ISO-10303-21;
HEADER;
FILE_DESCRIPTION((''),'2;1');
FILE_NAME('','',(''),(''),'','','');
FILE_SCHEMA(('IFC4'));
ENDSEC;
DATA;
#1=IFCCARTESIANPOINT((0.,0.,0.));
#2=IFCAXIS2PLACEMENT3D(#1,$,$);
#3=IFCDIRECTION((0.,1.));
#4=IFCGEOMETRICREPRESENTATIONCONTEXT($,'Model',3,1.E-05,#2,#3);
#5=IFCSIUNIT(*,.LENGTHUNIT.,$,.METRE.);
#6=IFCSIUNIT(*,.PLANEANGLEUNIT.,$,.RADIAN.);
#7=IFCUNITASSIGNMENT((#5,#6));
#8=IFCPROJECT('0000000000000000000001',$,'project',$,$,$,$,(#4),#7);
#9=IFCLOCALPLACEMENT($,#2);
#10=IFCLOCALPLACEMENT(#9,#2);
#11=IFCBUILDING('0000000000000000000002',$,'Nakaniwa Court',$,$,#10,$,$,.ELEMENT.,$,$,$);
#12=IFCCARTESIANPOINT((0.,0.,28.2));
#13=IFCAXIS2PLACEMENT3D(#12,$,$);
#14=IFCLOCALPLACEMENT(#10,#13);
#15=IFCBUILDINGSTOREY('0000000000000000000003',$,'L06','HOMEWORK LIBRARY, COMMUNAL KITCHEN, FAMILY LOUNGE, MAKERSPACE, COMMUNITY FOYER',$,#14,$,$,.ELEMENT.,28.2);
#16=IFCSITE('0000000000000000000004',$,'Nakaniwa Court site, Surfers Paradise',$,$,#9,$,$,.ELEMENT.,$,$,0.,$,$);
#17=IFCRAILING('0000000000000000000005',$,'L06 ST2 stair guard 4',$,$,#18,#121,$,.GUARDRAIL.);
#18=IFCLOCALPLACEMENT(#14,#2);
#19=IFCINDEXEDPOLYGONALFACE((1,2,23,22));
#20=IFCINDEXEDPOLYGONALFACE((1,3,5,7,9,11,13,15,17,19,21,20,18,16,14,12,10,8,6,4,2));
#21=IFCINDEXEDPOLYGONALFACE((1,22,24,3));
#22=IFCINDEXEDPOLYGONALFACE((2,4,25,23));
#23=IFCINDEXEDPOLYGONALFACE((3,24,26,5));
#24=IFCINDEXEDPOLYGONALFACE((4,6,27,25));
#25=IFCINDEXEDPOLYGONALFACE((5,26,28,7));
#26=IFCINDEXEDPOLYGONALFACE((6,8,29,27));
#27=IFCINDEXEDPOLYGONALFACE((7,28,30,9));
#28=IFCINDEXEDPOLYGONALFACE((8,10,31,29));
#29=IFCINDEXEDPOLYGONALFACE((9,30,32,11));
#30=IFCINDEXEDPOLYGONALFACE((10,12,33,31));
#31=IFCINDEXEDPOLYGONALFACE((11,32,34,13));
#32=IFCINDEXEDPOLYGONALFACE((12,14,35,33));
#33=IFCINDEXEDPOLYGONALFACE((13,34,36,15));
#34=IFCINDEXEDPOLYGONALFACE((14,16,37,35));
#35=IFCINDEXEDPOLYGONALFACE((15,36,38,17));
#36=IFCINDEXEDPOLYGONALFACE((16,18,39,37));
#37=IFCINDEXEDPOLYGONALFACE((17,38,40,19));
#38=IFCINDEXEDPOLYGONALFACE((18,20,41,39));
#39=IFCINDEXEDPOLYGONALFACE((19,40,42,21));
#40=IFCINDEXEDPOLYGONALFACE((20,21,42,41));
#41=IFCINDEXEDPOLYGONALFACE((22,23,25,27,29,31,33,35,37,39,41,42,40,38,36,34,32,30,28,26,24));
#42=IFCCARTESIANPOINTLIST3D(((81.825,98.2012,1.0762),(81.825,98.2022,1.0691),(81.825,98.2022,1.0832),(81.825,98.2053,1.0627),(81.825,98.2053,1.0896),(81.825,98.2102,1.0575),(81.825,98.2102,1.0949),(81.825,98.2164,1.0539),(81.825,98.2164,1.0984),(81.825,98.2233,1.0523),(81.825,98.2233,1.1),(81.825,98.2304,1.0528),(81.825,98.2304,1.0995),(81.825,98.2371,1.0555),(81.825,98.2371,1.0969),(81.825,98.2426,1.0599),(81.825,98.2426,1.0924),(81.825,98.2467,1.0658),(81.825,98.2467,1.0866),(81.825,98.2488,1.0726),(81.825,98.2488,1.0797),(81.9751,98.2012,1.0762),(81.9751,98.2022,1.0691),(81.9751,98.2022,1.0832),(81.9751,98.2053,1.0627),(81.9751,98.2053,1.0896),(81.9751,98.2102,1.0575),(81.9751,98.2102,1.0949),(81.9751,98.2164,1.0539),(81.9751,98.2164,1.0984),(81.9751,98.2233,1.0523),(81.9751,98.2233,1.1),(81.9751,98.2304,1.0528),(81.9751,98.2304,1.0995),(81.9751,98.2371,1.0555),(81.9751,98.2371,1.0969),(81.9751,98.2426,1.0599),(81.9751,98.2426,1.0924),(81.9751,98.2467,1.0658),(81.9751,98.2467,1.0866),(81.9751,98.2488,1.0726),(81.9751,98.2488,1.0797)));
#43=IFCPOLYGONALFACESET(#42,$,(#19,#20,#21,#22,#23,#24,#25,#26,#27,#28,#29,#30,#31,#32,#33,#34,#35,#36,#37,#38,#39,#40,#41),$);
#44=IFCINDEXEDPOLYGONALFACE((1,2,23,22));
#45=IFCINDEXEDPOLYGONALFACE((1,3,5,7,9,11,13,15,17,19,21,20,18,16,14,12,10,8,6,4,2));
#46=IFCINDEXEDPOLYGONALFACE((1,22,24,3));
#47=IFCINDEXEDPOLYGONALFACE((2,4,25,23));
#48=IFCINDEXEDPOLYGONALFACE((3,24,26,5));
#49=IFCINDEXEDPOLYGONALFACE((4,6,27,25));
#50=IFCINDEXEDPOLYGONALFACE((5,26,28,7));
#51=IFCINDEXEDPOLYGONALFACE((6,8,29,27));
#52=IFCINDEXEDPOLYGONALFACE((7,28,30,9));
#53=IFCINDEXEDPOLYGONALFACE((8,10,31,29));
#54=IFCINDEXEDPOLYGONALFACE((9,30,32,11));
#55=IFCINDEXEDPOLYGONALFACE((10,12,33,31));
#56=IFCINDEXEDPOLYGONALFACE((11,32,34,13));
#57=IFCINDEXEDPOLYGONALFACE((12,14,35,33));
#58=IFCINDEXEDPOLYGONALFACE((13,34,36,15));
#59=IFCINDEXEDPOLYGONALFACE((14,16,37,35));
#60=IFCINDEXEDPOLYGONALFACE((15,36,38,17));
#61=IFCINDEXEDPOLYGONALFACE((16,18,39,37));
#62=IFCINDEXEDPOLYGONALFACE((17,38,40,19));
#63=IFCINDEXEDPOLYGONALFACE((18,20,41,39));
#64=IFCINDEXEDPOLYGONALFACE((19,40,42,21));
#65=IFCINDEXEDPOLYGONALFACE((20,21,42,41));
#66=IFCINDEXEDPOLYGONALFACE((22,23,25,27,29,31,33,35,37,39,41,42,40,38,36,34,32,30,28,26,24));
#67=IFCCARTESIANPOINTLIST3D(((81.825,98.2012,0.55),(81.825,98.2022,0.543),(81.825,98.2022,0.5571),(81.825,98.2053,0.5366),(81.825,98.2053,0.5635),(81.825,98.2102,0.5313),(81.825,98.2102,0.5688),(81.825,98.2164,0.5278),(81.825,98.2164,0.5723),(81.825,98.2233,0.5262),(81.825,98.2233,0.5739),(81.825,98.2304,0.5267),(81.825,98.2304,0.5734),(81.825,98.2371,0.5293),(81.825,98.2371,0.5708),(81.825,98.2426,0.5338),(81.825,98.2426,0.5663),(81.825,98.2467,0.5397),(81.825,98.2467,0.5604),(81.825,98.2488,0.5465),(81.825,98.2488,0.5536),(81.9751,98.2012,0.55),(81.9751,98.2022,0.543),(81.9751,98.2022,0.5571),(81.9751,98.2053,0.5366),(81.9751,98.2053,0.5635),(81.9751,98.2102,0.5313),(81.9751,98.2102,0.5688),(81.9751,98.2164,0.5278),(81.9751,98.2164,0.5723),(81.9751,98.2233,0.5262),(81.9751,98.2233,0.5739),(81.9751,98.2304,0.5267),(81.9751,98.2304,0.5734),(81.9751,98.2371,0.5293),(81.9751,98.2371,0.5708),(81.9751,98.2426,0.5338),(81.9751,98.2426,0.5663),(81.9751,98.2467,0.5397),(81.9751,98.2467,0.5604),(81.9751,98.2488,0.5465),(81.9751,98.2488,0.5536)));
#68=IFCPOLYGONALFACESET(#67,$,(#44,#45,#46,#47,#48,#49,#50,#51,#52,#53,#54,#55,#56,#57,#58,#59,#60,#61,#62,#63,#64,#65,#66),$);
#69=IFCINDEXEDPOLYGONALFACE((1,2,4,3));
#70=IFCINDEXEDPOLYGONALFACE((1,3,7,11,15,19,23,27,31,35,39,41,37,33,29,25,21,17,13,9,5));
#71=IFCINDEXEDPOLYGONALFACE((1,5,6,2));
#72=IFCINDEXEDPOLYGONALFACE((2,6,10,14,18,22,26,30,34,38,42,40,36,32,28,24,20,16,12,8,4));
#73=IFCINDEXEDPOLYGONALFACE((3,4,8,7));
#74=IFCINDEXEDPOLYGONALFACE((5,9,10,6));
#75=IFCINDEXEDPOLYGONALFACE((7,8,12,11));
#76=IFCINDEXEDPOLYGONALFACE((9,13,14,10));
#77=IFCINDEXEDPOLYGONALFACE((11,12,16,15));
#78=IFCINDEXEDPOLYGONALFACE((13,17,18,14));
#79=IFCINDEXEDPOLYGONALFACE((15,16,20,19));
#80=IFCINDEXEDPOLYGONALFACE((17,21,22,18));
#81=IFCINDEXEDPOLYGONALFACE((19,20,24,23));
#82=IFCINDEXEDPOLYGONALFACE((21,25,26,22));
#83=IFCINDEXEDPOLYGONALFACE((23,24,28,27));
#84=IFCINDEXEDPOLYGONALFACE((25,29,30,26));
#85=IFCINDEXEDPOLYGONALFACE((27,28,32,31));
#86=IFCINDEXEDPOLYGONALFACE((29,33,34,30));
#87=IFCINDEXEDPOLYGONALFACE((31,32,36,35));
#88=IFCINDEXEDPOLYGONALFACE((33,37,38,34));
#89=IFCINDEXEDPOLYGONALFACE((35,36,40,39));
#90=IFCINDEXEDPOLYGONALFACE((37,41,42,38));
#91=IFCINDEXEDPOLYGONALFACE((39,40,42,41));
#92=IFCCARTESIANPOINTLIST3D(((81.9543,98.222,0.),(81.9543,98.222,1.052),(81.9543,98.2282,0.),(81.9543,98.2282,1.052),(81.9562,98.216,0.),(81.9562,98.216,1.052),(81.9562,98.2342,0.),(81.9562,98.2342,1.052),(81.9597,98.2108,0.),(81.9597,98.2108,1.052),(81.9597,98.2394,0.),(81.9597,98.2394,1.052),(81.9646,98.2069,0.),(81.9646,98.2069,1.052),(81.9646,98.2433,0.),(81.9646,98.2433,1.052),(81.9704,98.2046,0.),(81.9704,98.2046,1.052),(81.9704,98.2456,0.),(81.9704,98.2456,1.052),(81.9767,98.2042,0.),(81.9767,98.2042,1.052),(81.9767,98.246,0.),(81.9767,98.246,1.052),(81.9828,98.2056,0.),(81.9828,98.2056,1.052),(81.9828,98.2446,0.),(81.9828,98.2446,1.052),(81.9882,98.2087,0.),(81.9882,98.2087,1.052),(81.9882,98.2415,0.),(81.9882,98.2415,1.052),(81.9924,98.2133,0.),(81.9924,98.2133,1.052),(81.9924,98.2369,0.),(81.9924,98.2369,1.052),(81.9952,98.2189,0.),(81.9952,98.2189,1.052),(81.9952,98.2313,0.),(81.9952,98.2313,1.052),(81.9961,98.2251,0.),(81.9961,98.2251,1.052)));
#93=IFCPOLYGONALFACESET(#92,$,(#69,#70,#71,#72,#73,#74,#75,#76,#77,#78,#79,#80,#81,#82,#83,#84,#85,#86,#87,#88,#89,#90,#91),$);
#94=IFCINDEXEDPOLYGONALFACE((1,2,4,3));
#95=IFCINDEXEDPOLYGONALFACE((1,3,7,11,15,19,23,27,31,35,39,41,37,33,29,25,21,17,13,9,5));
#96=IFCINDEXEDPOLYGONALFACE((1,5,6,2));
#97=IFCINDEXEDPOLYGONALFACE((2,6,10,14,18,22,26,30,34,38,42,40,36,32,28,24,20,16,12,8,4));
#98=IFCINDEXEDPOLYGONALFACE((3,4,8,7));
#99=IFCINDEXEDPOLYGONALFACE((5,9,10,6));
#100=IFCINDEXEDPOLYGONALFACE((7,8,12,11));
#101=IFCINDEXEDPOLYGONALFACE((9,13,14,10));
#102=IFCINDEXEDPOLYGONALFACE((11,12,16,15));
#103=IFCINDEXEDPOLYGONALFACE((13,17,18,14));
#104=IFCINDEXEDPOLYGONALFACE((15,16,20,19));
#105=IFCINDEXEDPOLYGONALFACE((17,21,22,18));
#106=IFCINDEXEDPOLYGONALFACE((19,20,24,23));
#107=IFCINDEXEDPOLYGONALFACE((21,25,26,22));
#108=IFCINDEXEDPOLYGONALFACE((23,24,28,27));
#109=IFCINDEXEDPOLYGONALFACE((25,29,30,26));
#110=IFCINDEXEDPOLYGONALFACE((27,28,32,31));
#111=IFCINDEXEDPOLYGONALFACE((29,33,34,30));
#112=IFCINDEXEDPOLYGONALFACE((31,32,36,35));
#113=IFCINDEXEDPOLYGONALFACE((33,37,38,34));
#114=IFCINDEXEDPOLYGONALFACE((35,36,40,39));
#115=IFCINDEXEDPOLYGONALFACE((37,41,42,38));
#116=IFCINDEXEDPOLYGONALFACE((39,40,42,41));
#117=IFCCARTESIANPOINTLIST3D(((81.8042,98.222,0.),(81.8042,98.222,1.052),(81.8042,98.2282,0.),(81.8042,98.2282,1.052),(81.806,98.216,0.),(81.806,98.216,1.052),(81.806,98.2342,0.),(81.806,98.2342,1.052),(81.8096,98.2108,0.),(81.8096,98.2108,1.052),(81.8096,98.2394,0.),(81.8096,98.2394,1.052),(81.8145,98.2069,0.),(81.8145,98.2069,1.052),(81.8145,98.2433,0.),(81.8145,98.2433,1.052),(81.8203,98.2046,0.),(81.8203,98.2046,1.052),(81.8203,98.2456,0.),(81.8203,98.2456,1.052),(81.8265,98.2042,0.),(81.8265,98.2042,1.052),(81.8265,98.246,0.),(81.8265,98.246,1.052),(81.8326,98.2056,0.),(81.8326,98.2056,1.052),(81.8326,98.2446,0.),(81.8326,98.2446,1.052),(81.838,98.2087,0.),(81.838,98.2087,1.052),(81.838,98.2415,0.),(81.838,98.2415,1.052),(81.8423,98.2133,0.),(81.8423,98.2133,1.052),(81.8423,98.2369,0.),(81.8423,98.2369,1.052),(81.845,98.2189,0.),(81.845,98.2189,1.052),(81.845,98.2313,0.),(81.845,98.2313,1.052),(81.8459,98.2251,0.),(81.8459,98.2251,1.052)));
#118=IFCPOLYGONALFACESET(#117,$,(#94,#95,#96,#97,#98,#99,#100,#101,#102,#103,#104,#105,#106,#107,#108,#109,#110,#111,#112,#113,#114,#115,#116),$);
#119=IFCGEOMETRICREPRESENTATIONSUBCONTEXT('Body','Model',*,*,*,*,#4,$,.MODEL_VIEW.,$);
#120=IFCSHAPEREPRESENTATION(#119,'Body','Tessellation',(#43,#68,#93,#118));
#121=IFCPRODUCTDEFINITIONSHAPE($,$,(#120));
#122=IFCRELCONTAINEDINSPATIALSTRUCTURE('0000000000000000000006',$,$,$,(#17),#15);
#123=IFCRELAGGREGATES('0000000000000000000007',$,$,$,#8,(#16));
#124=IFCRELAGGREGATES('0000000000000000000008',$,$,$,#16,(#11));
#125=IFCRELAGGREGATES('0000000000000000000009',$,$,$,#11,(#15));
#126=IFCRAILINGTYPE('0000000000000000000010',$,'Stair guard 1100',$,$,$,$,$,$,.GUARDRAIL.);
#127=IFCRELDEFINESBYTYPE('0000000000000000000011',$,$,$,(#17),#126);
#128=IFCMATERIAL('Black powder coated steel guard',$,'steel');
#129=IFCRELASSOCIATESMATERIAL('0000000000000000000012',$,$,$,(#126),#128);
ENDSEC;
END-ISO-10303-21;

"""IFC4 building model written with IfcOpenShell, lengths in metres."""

from ifc_helpers import new_model, si_unit, direction, frame, origin, origin_2d, place, context, subcontext, project, spatial, circle, extrude, material, type_object, element, save


model = new_model("IFC4")

# Units and contexts
model_context = context("Model", 3, precision=1e-05, world=origin(), true_north=direction((0.0, 1.0)))
body_context = subcontext(model_context, "Body", "Model", "MODEL_VIEW")
ifc_project = project(units=[si_unit("LENGTHUNIT", "METRE"), si_unit("PLANEANGLEUNIT", "RADIAN")], contexts=[model_context])

# Site, building, storey
site_placement = place(None, origin())
site = spatial("IfcSite", under=ifc_project, at=site_placement, Name="Nakaniwa Court site, Surfers Paradise", CompositionType="ELEMENT", RefElevation=0.0)
building_placement = place(site_placement, origin())
building = spatial("IfcBuilding", under=site, at=building_placement, Name="Nakaniwa Court", CompositionType="ELEMENT")
storey_placement = place(building_placement, frame((0.0, 0.0, 28.2)))
storey = spatial("IfcBuildingStorey", under=building, at=storey_placement, Name="L06", Description="HOMEWORK LIBRARY, COMMUNAL KITCHEN, FAMILY LOUNGE, MAKERSPACE, COMMUNITY FOYER", CompositionType="ELEMENT", Elevation=28.2)

# Railing
ifc_material_1 = material(Name="Black powder coated steel guard", Category="steel")
railing_type = type_object("IfcRailingType", Name="Stair guard 1100", PredefinedType="GUARDRAIL", material=ifc_material_1)
railing_1_placement = place(storey_placement, frame((81.9751, 98.2251, 0.0)))
element("IfcRailing", 1, at=railing_1_placement, inside=storey, type_object=railing_type, Name="L06 ST2 stair guard 4", PredefinedType="GUARDRAIL", context=body_context, shape_type="SweptSolid", body=[
    extrude(circle(Radius=0.0239, at=origin_2d()), frame((0.0, 0.0, 1.0762), z_axis=(-1.0, 0.0, 0.0), x_axis=(0.0, -1.0, 0.0)), (0.0, 0.0, 1.0), 0.1501),
    extrude(circle(Radius=0.0239, at=origin_2d()), frame((0.0, 0.0, 0.55), z_axis=(-1.0, 0.0, 0.0), x_axis=(0.0, -1.0, 0.0)), (0.0, 0.0, 1.0), 0.1501),
    extrude(circle(Radius=0.021, at=origin_2d()), origin(), (0.0, 0.0, 1.0), 1.052),
    extrude(circle(Radius=0.021, at=origin_2d()), frame((-0.1501, 0.0, 0.0)), (0.0, 0.0, 1.0), 1.052),
])

save(model, "model.ifc")
